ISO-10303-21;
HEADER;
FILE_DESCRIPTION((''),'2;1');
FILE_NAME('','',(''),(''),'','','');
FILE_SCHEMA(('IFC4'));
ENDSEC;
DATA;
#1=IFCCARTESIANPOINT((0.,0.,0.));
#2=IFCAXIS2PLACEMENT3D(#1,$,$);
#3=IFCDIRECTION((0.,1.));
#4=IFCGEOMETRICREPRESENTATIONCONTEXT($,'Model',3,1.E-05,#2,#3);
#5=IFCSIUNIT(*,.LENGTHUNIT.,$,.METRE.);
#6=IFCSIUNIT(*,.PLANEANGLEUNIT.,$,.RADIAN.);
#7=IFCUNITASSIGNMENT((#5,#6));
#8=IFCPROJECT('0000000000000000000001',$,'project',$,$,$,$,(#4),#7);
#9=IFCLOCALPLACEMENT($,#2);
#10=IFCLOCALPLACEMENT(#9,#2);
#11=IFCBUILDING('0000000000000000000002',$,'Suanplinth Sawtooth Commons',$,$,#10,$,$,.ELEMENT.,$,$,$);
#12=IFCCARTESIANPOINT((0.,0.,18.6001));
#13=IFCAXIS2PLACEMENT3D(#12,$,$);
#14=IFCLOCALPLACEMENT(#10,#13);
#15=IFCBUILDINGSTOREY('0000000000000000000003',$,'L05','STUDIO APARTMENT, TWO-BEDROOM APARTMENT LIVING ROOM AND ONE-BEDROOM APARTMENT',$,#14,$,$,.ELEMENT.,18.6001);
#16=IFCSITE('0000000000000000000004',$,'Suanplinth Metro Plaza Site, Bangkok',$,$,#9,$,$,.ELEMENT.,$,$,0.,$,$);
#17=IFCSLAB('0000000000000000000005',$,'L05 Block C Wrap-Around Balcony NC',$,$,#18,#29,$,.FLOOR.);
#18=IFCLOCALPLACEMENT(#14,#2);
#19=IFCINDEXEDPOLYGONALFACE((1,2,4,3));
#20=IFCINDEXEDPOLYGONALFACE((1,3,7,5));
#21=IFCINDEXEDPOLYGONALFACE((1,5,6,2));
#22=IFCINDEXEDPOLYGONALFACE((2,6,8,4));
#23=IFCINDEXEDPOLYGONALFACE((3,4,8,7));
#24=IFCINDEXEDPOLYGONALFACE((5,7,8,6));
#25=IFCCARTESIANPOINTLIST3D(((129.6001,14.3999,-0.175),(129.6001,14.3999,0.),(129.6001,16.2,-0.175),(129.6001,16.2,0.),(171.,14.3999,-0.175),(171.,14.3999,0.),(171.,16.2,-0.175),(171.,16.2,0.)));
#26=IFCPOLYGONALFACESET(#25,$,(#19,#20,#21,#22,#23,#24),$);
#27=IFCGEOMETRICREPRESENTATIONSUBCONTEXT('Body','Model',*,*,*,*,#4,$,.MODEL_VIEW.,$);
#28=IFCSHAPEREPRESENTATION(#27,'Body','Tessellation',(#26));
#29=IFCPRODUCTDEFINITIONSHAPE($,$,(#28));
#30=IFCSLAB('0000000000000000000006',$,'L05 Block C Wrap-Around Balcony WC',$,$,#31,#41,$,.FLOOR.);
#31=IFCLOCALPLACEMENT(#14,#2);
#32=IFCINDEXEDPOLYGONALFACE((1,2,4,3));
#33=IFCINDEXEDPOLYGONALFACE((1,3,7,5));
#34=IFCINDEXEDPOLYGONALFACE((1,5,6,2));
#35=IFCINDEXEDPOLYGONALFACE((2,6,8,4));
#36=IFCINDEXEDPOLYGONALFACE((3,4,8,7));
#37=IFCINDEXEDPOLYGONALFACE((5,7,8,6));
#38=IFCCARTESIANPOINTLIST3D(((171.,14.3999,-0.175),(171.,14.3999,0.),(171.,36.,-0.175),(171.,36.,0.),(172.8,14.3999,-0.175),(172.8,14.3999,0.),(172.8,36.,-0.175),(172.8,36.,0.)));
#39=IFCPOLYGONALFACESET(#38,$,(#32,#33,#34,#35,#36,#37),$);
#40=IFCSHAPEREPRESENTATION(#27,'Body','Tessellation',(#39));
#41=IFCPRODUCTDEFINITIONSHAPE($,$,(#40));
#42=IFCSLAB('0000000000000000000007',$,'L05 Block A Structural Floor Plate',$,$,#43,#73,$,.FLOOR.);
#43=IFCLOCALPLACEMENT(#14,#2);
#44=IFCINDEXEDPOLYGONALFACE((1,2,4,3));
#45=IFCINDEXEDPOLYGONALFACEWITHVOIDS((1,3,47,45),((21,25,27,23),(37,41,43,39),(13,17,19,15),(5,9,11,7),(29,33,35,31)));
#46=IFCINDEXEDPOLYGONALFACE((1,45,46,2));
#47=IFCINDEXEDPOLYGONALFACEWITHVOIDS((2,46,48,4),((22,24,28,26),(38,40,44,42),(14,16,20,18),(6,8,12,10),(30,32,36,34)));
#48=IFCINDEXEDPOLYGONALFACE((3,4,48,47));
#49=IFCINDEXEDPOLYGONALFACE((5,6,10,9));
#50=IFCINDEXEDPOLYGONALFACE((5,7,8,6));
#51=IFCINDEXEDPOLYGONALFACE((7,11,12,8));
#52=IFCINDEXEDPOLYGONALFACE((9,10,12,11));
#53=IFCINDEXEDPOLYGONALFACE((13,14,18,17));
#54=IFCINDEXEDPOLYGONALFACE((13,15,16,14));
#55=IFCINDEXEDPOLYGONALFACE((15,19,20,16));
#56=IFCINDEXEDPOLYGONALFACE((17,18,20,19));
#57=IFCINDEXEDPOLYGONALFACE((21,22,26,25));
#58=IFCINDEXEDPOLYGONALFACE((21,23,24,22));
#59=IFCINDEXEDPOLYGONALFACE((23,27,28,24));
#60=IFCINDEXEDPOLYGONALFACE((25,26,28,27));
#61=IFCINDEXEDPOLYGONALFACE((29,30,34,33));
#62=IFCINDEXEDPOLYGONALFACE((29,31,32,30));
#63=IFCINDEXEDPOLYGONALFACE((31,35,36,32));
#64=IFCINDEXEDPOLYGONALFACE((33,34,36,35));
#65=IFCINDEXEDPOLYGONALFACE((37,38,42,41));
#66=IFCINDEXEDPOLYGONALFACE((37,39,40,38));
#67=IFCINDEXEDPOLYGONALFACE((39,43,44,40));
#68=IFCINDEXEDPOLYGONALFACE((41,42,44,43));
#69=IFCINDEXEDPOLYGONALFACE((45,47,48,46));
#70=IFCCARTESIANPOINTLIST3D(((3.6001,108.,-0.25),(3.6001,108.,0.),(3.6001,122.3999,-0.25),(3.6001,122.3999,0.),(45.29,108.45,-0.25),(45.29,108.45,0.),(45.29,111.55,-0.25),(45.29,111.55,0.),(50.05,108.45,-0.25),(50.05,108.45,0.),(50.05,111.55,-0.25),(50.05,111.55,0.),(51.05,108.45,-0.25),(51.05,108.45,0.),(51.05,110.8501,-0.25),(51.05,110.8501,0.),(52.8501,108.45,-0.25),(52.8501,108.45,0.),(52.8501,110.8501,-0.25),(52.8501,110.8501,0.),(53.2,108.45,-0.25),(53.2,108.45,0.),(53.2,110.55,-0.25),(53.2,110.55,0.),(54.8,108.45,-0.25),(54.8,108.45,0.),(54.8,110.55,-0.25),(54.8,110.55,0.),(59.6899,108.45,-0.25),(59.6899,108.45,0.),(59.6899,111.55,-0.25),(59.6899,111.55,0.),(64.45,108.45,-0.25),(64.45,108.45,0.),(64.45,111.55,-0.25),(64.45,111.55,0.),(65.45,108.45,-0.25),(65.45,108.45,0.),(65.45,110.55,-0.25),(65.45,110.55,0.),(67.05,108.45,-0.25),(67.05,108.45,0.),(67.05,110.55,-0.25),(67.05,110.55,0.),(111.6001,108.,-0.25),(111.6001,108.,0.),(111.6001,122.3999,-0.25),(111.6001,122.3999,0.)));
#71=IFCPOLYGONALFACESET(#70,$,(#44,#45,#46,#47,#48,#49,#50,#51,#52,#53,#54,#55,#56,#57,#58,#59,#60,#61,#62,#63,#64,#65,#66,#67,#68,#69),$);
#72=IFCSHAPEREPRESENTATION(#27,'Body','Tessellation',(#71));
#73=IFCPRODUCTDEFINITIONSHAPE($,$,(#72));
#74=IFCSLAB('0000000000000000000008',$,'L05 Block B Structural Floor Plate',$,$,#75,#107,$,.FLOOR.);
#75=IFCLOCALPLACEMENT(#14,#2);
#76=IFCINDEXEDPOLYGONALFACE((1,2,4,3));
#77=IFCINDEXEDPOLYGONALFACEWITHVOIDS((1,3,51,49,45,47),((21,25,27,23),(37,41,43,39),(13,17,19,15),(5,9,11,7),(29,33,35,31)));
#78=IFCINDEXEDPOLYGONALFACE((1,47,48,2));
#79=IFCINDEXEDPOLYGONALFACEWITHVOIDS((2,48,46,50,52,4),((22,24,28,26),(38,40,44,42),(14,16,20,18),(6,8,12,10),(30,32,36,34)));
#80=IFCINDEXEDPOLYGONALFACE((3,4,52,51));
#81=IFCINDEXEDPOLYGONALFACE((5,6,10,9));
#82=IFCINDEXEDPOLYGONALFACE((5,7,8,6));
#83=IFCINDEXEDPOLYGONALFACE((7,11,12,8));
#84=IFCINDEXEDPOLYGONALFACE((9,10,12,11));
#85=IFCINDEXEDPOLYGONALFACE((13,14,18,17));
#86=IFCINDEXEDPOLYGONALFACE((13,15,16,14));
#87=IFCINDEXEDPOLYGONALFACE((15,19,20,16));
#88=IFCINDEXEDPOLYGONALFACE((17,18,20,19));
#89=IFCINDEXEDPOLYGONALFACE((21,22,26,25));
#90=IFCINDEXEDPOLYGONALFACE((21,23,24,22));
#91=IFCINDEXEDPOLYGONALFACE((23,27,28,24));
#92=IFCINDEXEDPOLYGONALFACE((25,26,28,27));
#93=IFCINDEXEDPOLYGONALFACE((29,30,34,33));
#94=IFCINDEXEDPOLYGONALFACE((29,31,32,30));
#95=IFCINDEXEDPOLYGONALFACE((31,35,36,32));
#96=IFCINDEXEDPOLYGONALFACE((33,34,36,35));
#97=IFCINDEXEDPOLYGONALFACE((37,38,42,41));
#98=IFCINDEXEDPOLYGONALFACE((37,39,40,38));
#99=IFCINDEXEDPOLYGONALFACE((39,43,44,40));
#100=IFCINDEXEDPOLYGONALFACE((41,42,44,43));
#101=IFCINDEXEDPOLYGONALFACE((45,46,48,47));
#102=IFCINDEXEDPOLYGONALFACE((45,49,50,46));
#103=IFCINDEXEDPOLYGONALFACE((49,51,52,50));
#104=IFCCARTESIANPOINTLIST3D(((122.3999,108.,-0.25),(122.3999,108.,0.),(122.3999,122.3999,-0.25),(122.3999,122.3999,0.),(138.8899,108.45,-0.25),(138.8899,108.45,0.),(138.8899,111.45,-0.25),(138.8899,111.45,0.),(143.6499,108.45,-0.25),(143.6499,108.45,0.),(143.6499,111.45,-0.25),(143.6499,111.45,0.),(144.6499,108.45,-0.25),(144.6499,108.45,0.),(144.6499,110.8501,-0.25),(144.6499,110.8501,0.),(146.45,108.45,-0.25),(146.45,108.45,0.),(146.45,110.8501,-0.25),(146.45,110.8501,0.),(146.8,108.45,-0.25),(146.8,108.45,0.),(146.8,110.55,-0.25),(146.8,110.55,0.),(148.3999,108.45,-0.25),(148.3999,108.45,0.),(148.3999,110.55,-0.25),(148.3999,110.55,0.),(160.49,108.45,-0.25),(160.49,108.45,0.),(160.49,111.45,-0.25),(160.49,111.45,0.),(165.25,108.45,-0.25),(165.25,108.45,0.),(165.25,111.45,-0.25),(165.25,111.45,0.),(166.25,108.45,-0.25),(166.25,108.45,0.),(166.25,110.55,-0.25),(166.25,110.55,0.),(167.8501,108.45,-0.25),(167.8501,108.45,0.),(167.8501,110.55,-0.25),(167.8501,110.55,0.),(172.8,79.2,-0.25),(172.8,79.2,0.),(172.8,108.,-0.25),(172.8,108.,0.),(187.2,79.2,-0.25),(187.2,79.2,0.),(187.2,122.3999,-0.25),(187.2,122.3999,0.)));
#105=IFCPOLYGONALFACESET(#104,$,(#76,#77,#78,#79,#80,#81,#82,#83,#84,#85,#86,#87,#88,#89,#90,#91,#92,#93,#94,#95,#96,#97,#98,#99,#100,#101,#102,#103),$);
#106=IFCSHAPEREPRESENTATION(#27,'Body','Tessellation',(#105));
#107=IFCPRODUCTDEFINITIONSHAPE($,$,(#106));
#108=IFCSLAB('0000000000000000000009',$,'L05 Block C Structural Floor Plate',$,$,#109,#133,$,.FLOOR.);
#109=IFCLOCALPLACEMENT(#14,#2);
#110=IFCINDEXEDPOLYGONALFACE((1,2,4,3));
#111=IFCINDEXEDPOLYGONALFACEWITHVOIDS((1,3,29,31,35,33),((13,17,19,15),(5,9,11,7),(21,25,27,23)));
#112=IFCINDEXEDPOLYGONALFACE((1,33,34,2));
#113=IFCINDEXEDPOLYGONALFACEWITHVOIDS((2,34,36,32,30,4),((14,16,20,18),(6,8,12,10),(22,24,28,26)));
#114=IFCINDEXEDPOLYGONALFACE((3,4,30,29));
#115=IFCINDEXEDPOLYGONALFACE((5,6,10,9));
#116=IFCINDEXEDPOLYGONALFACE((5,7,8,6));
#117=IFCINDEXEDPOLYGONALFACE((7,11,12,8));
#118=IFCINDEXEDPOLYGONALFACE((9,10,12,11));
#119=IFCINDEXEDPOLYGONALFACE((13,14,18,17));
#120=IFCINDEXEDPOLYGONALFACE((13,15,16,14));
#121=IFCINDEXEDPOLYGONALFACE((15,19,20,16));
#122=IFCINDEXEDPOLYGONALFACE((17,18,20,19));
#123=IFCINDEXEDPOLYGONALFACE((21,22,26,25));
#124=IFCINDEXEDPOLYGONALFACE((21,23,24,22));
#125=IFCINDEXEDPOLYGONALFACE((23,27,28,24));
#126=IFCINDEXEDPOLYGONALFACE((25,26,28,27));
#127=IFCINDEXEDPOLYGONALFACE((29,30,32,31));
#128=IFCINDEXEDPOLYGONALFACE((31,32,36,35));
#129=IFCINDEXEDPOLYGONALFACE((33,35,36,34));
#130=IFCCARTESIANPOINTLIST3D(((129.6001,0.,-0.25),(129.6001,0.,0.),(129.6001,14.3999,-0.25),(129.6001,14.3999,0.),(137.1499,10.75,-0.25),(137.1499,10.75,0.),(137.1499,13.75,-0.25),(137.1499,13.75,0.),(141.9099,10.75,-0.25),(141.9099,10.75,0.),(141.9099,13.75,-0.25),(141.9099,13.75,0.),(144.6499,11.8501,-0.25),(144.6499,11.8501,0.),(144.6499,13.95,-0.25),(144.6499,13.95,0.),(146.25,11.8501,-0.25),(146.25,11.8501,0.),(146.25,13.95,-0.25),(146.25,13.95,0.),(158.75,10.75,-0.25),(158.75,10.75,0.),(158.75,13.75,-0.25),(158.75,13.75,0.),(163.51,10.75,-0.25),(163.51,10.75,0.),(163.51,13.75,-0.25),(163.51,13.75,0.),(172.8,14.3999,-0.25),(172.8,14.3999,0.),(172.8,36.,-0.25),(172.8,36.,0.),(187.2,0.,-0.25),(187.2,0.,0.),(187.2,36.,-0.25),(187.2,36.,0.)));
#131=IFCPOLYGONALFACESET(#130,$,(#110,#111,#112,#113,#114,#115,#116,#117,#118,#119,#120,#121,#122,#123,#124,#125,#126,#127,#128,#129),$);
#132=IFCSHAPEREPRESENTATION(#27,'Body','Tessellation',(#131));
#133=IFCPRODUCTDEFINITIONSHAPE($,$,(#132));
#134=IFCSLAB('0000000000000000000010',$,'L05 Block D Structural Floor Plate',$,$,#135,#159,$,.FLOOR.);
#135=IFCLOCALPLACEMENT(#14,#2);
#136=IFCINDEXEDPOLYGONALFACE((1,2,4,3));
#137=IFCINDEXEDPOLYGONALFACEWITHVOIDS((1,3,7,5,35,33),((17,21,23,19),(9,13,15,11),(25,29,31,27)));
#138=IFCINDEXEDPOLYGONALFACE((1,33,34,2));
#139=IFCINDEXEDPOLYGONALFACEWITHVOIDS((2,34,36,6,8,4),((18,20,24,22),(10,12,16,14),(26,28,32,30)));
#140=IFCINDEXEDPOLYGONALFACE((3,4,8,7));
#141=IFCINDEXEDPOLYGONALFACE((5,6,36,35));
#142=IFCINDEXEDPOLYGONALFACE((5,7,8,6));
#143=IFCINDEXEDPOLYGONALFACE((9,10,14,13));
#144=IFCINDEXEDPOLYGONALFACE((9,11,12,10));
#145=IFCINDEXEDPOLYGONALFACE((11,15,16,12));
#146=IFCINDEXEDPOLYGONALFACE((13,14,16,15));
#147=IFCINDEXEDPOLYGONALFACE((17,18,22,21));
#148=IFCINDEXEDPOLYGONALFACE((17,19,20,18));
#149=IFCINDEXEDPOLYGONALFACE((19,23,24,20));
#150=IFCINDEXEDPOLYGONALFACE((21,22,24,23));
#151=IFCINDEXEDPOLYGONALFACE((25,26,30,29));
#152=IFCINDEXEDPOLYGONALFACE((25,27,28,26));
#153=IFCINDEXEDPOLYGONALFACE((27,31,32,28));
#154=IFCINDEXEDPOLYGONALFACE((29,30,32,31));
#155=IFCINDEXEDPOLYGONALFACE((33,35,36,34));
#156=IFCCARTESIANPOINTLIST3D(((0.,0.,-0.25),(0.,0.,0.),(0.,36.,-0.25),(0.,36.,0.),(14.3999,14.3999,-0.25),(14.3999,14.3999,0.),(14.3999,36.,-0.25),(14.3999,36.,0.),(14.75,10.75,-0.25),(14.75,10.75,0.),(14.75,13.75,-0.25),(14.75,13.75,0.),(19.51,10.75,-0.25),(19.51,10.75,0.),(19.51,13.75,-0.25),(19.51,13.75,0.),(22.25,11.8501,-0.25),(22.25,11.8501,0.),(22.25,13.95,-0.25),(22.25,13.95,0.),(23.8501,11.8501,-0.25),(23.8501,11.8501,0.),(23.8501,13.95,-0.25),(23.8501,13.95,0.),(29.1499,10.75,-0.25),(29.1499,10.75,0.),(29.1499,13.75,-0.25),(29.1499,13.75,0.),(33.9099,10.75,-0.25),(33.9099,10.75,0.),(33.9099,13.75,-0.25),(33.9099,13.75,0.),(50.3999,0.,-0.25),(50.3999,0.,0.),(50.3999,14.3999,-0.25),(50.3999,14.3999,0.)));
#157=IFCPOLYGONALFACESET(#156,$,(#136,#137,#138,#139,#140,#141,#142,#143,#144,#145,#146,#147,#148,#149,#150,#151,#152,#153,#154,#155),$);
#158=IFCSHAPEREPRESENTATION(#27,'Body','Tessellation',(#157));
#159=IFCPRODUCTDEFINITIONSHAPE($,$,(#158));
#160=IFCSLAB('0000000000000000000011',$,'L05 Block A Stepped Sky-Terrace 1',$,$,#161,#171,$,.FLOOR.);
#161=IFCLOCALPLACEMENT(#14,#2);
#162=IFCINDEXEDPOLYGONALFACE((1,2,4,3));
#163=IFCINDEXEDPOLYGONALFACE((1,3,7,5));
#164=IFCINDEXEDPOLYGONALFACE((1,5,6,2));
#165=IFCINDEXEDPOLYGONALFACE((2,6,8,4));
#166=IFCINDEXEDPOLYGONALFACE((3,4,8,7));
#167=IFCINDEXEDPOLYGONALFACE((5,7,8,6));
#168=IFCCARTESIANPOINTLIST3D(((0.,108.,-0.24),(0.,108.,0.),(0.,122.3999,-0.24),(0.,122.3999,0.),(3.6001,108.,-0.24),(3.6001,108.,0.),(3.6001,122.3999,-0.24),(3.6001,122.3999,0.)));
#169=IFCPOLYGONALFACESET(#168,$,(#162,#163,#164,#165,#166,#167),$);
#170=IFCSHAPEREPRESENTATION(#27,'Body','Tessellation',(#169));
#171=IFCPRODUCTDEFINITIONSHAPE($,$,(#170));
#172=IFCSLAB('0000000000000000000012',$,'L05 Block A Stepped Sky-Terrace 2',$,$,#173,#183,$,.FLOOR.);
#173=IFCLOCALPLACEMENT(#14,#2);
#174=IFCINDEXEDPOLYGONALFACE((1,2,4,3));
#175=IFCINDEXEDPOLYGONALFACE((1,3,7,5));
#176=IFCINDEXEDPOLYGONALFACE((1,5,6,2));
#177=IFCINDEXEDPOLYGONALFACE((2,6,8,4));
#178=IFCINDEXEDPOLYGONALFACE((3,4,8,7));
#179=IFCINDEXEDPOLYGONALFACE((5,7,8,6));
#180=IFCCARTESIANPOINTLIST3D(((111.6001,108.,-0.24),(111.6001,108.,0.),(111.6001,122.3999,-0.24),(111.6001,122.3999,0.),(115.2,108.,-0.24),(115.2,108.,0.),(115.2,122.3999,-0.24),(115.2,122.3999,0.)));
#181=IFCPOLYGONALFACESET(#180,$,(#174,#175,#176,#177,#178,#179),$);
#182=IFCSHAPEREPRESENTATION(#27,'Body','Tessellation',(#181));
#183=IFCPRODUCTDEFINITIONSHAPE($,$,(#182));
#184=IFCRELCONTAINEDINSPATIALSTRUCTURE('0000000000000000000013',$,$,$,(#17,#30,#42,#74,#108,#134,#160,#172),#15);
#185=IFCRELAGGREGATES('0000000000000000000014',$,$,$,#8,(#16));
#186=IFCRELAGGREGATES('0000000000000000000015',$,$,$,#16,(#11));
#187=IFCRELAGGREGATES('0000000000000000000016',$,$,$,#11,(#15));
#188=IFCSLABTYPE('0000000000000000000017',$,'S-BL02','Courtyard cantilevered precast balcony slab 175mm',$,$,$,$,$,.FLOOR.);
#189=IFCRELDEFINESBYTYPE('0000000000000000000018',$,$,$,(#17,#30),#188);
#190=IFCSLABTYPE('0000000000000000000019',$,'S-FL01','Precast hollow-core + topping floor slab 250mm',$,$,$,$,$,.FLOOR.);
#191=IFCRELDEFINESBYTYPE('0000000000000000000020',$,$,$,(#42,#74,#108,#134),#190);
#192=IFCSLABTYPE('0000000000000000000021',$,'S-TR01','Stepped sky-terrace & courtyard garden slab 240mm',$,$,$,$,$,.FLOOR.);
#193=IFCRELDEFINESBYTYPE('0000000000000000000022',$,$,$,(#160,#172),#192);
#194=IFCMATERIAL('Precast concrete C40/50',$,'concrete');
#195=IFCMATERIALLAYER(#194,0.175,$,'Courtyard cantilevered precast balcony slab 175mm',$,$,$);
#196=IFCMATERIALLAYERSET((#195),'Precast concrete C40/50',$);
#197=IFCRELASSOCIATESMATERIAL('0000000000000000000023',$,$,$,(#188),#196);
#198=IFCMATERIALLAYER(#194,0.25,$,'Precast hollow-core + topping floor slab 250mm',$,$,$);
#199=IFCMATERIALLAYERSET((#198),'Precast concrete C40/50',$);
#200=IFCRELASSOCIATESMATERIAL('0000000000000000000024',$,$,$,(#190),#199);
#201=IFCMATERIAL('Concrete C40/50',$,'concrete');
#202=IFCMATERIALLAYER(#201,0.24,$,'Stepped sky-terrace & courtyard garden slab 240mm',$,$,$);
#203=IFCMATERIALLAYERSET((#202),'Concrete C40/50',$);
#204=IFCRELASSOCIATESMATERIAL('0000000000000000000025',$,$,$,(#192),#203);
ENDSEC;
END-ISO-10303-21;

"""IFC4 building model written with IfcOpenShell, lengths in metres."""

from ifc_helpers import new_model, si_unit, direction, frame, origin, place, context, subcontext, project, spatial, polyline, outline, extrude, material, layer, layer_set, type_object, element, save


model = new_model("IFC4")

# Units and contexts
model_context = context("Model", 3, precision=1e-05, world=origin(), true_north=direction((0.0, 1.0)))
body_context = subcontext(model_context, "Body", "Model", "MODEL_VIEW")
ifc_project = project(units=[si_unit("LENGTHUNIT", "METRE"), si_unit("PLANEANGLEUNIT", "RADIAN")], contexts=[model_context])

# Site, building, storey
site_placement = place(None, origin())
site = spatial("IfcSite", under=ifc_project, at=site_placement, Name="Suanplinth Metro Plaza Site, Bangkok", CompositionType="ELEMENT", RefElevation=0.0)
building_placement = place(site_placement, origin())
building = spatial("IfcBuilding", under=site, at=building_placement, Name="Suanplinth Sawtooth Commons", CompositionType="ELEMENT")
storey_placement = place(building_placement, frame((0.0, 0.0, 18.6001)))
storey = spatial("IfcBuildingStorey", under=building, at=storey_placement, Name="L05", Description="STUDIO APARTMENT, TWO-BEDROOM APARTMENT LIVING ROOM AND ONE-BEDROOM APARTMENT", CompositionType="ELEMENT", Elevation=18.6001)

# Shared definitions
ifc_material_1 = material(Name="Precast concrete C40/50", Category="concrete")

# Slabs
ifc_layer_1 = layer(ifc_material_1, 0.175, Name="Courtyard cantilevered precast balcony slab 175mm")
ifc_layer_set_1 = layer_set([ifc_layer_1], Name="Precast concrete C40/50")
slab_type_1 = type_object("IfcSlabType", Name="S-BL02", Description="Courtyard cantilevered precast balcony slab 175mm", PredefinedType="FLOOR", material=ifc_layer_set_1)
slab_1_placement = place(storey_placement, frame((0.0, 0.0, -0.175)))
element("IfcSlab", 1, at=slab_1_placement, inside=storey, type_object=slab_type_1, Name="L05 Block C Wrap-Around Balcony NC", PredefinedType="FLOOR", context=body_context, shape_type="SweptSolid", body=[
    extrude(outline(polyline([(129.6001, 16.2), (171.0, 16.2), (171.0, 14.3999), (129.6001, 14.3999), (129.6001, 16.2)])), origin(), (0.0, 0.0, 1.0), 0.175),
])
slab_2_placement = place(storey_placement, frame((0.0, 0.0, -0.175)))
element("IfcSlab", 2, at=slab_2_placement, inside=storey, type_object=slab_type_1, Name="L05 Block C Wrap-Around Balcony WC", PredefinedType="FLOOR", context=body_context, shape_type="SweptSolid", body=[
    extrude(outline(polyline([(172.8, 14.3999), (171.0, 14.3999), (171.0, 36.0), (172.8, 36.0), (172.8, 14.3999)])), origin(), (0.0, 0.0, 1.0), 0.175),
])
ifc_layer_2 = layer(ifc_material_1, 0.25, Name="Precast hollow-core + topping floor slab 250mm")
ifc_layer_set_2 = layer_set([ifc_layer_2], Name="Precast concrete C40/50")
slab_type_2 = type_object("IfcSlabType", Name="S-FL01", Description="Precast hollow-core + topping floor slab 250mm", PredefinedType="FLOOR", material=ifc_layer_set_2)
slab_3_placement = place(storey_placement, frame((0.0, 0.0, -0.25)))
element("IfcSlab", 3, at=slab_3_placement, inside=storey, type_object=slab_type_2, Name="L05 Block A Structural Floor Plate", PredefinedType="FLOOR", context=body_context, shape_type="SweptSolid", body=[
    extrude(outline(polyline([(3.6001, 108.0), (111.6001, 108.0), (111.6001, 122.3999), (3.6001, 122.3999), (3.6001, 108.0)]), holes=[polyline([(45.29, 108.45), (50.05, 108.45), (50.05, 111.55), (45.29, 111.55), (45.29, 108.45)]), polyline([(51.05, 108.45), (52.8501, 108.45), (52.8501, 110.8501), (51.05, 110.8501), (51.05, 108.45)]), polyline([(53.2, 108.45), (54.8, 108.45), (54.8, 110.55), (53.2, 110.55), (53.2, 108.45)]), polyline([(59.6899, 108.45), (64.45, 108.45), (64.45, 111.55), (59.6899, 111.55), (59.6899, 108.45)]), polyline([(65.45, 108.45), (67.05, 108.45), (67.05, 110.55), (65.45, 110.55), (65.45, 108.45)])]), origin(), (0.0, 0.0, 1.0), 0.25),
])
slab_4_placement = place(storey_placement, frame((0.0, 0.0, -0.25)))
element("IfcSlab", 4, at=slab_4_placement, inside=storey, type_object=slab_type_2, Name="L05 Block B Structural Floor Plate", PredefinedType="FLOOR", context=body_context, shape_type="SweptSolid", body=[
    extrude(outline(polyline([(172.8, 108.0), (122.3999, 108.0), (122.3999, 122.3999), (187.2, 122.3999), (187.2, 79.2), (172.8, 79.2), (172.8, 108.0)]), holes=[polyline([(138.8899, 108.45), (143.6499, 108.45), (143.6499, 111.45), (138.8899, 111.45), (138.8899, 108.45)]), polyline([(144.6499, 108.45), (146.45, 108.45), (146.45, 110.8501), (144.6499, 110.8501), (144.6499, 108.45)]), polyline([(146.8, 108.45), (148.3999, 108.45), (148.3999, 110.55), (146.8, 110.55), (146.8, 108.45)]), polyline([(160.49, 108.45), (165.25, 108.45), (165.25, 111.45), (160.49, 111.45), (160.49, 108.45)]), polyline([(166.25, 108.45), (167.8501, 108.45), (167.8501, 110.55), (166.25, 110.55), (166.25, 108.45)])]), origin(), (0.0, 0.0, 1.0), 0.25),
])
slab_5_placement = place(storey_placement, frame((0.0, 0.0, -0.25)))
element("IfcSlab", 5, at=slab_5_placement, inside=storey, type_object=slab_type_2, Name="L05 Block C Structural Floor Plate", PredefinedType="FLOOR", context=body_context, shape_type="SweptSolid", body=[
    extrude(outline(polyline([(187.2, 0.0), (129.6001, 0.0), (129.6001, 14.3999), (172.8, 14.3999), (172.8, 36.0), (187.2, 36.0), (187.2, 0.0)]), holes=[polyline([(137.1499, 10.75), (141.9099, 10.75), (141.9099, 13.75), (137.1499, 13.75), (137.1499, 10.75)]), polyline([(144.6499, 11.8501), (146.25, 11.8501), (146.25, 13.95), (144.6499, 13.95), (144.6499, 11.8501)]), polyline([(158.75, 10.75), (163.51, 10.75), (163.51, 13.75), (158.75, 13.75), (158.75, 10.75)])]), origin(), (0.0, 0.0, 1.0), 0.25),
])
slab_6_placement = place(storey_placement, frame((0.0, 0.0, -0.25)))
element("IfcSlab", 6, at=slab_6_placement, inside=storey, type_object=slab_type_2, Name="L05 Block D Structural Floor Plate", PredefinedType="FLOOR", context=body_context, shape_type="SweptSolid", body=[
    extrude(outline(polyline([(0.0, 0.0), (0.0, 36.0), (14.3999, 36.0), (14.3999, 14.3999), (50.3999, 14.3999), (50.3999, 0.0), (0.0, 0.0)]), holes=[polyline([(14.75, 10.75), (19.51, 10.75), (19.51, 13.75), (14.75, 13.75), (14.75, 10.75)]), polyline([(22.25, 11.8501), (23.8501, 11.8501), (23.8501, 13.95), (22.25, 13.95), (22.25, 11.8501)]), polyline([(29.1499, 10.75), (33.9099, 10.75), (33.9099, 13.75), (29.1499, 13.75), (29.1499, 10.75)])]), origin(), (0.0, 0.0, 1.0), 0.25),
])
ifc_material_2 = material(Name="Concrete C40/50", Category="concrete")
ifc_layer_3 = layer(ifc_material_2, 0.24, Name="Stepped sky-terrace & courtyard garden slab 240mm")
ifc_layer_set_3 = layer_set([ifc_layer_3], Name="Concrete C40/50")
slab_type_3 = type_object("IfcSlabType", Name="S-TR01", Description="Stepped sky-terrace & courtyard garden slab 240mm", PredefinedType="FLOOR", material=ifc_layer_set_3)
slab_7_placement = place(storey_placement, frame((0.0, 0.0, -0.24)))
element("IfcSlab", 7, at=slab_7_placement, inside=storey, type_object=slab_type_3, Name="L05 Block A Stepped Sky-Terrace 1", PredefinedType="FLOOR", context=body_context, shape_type="SweptSolid", body=[
    extrude(outline(polyline([(0.0, 108.0), (0.0, 122.3999), (3.6001, 122.3999), (3.6001, 108.0), (0.0, 108.0)])), origin(), (0.0, 0.0, 1.0), 0.24),
])
slab_8_placement = place(storey_placement, frame((0.0, 0.0, -0.24)))
element("IfcSlab", 8, at=slab_8_placement, inside=storey, type_object=slab_type_3, Name="L05 Block A Stepped Sky-Terrace 2", PredefinedType="FLOOR", context=body_context, shape_type="SweptSolid", body=[
    extrude(outline(polyline([(115.2, 122.3999), (115.2, 108.0), (111.6001, 108.0), (111.6001, 122.3999), (115.2, 122.3999)])), origin(), (0.0, 0.0, 1.0), 0.24),
])

save(model, "model.ifc")
